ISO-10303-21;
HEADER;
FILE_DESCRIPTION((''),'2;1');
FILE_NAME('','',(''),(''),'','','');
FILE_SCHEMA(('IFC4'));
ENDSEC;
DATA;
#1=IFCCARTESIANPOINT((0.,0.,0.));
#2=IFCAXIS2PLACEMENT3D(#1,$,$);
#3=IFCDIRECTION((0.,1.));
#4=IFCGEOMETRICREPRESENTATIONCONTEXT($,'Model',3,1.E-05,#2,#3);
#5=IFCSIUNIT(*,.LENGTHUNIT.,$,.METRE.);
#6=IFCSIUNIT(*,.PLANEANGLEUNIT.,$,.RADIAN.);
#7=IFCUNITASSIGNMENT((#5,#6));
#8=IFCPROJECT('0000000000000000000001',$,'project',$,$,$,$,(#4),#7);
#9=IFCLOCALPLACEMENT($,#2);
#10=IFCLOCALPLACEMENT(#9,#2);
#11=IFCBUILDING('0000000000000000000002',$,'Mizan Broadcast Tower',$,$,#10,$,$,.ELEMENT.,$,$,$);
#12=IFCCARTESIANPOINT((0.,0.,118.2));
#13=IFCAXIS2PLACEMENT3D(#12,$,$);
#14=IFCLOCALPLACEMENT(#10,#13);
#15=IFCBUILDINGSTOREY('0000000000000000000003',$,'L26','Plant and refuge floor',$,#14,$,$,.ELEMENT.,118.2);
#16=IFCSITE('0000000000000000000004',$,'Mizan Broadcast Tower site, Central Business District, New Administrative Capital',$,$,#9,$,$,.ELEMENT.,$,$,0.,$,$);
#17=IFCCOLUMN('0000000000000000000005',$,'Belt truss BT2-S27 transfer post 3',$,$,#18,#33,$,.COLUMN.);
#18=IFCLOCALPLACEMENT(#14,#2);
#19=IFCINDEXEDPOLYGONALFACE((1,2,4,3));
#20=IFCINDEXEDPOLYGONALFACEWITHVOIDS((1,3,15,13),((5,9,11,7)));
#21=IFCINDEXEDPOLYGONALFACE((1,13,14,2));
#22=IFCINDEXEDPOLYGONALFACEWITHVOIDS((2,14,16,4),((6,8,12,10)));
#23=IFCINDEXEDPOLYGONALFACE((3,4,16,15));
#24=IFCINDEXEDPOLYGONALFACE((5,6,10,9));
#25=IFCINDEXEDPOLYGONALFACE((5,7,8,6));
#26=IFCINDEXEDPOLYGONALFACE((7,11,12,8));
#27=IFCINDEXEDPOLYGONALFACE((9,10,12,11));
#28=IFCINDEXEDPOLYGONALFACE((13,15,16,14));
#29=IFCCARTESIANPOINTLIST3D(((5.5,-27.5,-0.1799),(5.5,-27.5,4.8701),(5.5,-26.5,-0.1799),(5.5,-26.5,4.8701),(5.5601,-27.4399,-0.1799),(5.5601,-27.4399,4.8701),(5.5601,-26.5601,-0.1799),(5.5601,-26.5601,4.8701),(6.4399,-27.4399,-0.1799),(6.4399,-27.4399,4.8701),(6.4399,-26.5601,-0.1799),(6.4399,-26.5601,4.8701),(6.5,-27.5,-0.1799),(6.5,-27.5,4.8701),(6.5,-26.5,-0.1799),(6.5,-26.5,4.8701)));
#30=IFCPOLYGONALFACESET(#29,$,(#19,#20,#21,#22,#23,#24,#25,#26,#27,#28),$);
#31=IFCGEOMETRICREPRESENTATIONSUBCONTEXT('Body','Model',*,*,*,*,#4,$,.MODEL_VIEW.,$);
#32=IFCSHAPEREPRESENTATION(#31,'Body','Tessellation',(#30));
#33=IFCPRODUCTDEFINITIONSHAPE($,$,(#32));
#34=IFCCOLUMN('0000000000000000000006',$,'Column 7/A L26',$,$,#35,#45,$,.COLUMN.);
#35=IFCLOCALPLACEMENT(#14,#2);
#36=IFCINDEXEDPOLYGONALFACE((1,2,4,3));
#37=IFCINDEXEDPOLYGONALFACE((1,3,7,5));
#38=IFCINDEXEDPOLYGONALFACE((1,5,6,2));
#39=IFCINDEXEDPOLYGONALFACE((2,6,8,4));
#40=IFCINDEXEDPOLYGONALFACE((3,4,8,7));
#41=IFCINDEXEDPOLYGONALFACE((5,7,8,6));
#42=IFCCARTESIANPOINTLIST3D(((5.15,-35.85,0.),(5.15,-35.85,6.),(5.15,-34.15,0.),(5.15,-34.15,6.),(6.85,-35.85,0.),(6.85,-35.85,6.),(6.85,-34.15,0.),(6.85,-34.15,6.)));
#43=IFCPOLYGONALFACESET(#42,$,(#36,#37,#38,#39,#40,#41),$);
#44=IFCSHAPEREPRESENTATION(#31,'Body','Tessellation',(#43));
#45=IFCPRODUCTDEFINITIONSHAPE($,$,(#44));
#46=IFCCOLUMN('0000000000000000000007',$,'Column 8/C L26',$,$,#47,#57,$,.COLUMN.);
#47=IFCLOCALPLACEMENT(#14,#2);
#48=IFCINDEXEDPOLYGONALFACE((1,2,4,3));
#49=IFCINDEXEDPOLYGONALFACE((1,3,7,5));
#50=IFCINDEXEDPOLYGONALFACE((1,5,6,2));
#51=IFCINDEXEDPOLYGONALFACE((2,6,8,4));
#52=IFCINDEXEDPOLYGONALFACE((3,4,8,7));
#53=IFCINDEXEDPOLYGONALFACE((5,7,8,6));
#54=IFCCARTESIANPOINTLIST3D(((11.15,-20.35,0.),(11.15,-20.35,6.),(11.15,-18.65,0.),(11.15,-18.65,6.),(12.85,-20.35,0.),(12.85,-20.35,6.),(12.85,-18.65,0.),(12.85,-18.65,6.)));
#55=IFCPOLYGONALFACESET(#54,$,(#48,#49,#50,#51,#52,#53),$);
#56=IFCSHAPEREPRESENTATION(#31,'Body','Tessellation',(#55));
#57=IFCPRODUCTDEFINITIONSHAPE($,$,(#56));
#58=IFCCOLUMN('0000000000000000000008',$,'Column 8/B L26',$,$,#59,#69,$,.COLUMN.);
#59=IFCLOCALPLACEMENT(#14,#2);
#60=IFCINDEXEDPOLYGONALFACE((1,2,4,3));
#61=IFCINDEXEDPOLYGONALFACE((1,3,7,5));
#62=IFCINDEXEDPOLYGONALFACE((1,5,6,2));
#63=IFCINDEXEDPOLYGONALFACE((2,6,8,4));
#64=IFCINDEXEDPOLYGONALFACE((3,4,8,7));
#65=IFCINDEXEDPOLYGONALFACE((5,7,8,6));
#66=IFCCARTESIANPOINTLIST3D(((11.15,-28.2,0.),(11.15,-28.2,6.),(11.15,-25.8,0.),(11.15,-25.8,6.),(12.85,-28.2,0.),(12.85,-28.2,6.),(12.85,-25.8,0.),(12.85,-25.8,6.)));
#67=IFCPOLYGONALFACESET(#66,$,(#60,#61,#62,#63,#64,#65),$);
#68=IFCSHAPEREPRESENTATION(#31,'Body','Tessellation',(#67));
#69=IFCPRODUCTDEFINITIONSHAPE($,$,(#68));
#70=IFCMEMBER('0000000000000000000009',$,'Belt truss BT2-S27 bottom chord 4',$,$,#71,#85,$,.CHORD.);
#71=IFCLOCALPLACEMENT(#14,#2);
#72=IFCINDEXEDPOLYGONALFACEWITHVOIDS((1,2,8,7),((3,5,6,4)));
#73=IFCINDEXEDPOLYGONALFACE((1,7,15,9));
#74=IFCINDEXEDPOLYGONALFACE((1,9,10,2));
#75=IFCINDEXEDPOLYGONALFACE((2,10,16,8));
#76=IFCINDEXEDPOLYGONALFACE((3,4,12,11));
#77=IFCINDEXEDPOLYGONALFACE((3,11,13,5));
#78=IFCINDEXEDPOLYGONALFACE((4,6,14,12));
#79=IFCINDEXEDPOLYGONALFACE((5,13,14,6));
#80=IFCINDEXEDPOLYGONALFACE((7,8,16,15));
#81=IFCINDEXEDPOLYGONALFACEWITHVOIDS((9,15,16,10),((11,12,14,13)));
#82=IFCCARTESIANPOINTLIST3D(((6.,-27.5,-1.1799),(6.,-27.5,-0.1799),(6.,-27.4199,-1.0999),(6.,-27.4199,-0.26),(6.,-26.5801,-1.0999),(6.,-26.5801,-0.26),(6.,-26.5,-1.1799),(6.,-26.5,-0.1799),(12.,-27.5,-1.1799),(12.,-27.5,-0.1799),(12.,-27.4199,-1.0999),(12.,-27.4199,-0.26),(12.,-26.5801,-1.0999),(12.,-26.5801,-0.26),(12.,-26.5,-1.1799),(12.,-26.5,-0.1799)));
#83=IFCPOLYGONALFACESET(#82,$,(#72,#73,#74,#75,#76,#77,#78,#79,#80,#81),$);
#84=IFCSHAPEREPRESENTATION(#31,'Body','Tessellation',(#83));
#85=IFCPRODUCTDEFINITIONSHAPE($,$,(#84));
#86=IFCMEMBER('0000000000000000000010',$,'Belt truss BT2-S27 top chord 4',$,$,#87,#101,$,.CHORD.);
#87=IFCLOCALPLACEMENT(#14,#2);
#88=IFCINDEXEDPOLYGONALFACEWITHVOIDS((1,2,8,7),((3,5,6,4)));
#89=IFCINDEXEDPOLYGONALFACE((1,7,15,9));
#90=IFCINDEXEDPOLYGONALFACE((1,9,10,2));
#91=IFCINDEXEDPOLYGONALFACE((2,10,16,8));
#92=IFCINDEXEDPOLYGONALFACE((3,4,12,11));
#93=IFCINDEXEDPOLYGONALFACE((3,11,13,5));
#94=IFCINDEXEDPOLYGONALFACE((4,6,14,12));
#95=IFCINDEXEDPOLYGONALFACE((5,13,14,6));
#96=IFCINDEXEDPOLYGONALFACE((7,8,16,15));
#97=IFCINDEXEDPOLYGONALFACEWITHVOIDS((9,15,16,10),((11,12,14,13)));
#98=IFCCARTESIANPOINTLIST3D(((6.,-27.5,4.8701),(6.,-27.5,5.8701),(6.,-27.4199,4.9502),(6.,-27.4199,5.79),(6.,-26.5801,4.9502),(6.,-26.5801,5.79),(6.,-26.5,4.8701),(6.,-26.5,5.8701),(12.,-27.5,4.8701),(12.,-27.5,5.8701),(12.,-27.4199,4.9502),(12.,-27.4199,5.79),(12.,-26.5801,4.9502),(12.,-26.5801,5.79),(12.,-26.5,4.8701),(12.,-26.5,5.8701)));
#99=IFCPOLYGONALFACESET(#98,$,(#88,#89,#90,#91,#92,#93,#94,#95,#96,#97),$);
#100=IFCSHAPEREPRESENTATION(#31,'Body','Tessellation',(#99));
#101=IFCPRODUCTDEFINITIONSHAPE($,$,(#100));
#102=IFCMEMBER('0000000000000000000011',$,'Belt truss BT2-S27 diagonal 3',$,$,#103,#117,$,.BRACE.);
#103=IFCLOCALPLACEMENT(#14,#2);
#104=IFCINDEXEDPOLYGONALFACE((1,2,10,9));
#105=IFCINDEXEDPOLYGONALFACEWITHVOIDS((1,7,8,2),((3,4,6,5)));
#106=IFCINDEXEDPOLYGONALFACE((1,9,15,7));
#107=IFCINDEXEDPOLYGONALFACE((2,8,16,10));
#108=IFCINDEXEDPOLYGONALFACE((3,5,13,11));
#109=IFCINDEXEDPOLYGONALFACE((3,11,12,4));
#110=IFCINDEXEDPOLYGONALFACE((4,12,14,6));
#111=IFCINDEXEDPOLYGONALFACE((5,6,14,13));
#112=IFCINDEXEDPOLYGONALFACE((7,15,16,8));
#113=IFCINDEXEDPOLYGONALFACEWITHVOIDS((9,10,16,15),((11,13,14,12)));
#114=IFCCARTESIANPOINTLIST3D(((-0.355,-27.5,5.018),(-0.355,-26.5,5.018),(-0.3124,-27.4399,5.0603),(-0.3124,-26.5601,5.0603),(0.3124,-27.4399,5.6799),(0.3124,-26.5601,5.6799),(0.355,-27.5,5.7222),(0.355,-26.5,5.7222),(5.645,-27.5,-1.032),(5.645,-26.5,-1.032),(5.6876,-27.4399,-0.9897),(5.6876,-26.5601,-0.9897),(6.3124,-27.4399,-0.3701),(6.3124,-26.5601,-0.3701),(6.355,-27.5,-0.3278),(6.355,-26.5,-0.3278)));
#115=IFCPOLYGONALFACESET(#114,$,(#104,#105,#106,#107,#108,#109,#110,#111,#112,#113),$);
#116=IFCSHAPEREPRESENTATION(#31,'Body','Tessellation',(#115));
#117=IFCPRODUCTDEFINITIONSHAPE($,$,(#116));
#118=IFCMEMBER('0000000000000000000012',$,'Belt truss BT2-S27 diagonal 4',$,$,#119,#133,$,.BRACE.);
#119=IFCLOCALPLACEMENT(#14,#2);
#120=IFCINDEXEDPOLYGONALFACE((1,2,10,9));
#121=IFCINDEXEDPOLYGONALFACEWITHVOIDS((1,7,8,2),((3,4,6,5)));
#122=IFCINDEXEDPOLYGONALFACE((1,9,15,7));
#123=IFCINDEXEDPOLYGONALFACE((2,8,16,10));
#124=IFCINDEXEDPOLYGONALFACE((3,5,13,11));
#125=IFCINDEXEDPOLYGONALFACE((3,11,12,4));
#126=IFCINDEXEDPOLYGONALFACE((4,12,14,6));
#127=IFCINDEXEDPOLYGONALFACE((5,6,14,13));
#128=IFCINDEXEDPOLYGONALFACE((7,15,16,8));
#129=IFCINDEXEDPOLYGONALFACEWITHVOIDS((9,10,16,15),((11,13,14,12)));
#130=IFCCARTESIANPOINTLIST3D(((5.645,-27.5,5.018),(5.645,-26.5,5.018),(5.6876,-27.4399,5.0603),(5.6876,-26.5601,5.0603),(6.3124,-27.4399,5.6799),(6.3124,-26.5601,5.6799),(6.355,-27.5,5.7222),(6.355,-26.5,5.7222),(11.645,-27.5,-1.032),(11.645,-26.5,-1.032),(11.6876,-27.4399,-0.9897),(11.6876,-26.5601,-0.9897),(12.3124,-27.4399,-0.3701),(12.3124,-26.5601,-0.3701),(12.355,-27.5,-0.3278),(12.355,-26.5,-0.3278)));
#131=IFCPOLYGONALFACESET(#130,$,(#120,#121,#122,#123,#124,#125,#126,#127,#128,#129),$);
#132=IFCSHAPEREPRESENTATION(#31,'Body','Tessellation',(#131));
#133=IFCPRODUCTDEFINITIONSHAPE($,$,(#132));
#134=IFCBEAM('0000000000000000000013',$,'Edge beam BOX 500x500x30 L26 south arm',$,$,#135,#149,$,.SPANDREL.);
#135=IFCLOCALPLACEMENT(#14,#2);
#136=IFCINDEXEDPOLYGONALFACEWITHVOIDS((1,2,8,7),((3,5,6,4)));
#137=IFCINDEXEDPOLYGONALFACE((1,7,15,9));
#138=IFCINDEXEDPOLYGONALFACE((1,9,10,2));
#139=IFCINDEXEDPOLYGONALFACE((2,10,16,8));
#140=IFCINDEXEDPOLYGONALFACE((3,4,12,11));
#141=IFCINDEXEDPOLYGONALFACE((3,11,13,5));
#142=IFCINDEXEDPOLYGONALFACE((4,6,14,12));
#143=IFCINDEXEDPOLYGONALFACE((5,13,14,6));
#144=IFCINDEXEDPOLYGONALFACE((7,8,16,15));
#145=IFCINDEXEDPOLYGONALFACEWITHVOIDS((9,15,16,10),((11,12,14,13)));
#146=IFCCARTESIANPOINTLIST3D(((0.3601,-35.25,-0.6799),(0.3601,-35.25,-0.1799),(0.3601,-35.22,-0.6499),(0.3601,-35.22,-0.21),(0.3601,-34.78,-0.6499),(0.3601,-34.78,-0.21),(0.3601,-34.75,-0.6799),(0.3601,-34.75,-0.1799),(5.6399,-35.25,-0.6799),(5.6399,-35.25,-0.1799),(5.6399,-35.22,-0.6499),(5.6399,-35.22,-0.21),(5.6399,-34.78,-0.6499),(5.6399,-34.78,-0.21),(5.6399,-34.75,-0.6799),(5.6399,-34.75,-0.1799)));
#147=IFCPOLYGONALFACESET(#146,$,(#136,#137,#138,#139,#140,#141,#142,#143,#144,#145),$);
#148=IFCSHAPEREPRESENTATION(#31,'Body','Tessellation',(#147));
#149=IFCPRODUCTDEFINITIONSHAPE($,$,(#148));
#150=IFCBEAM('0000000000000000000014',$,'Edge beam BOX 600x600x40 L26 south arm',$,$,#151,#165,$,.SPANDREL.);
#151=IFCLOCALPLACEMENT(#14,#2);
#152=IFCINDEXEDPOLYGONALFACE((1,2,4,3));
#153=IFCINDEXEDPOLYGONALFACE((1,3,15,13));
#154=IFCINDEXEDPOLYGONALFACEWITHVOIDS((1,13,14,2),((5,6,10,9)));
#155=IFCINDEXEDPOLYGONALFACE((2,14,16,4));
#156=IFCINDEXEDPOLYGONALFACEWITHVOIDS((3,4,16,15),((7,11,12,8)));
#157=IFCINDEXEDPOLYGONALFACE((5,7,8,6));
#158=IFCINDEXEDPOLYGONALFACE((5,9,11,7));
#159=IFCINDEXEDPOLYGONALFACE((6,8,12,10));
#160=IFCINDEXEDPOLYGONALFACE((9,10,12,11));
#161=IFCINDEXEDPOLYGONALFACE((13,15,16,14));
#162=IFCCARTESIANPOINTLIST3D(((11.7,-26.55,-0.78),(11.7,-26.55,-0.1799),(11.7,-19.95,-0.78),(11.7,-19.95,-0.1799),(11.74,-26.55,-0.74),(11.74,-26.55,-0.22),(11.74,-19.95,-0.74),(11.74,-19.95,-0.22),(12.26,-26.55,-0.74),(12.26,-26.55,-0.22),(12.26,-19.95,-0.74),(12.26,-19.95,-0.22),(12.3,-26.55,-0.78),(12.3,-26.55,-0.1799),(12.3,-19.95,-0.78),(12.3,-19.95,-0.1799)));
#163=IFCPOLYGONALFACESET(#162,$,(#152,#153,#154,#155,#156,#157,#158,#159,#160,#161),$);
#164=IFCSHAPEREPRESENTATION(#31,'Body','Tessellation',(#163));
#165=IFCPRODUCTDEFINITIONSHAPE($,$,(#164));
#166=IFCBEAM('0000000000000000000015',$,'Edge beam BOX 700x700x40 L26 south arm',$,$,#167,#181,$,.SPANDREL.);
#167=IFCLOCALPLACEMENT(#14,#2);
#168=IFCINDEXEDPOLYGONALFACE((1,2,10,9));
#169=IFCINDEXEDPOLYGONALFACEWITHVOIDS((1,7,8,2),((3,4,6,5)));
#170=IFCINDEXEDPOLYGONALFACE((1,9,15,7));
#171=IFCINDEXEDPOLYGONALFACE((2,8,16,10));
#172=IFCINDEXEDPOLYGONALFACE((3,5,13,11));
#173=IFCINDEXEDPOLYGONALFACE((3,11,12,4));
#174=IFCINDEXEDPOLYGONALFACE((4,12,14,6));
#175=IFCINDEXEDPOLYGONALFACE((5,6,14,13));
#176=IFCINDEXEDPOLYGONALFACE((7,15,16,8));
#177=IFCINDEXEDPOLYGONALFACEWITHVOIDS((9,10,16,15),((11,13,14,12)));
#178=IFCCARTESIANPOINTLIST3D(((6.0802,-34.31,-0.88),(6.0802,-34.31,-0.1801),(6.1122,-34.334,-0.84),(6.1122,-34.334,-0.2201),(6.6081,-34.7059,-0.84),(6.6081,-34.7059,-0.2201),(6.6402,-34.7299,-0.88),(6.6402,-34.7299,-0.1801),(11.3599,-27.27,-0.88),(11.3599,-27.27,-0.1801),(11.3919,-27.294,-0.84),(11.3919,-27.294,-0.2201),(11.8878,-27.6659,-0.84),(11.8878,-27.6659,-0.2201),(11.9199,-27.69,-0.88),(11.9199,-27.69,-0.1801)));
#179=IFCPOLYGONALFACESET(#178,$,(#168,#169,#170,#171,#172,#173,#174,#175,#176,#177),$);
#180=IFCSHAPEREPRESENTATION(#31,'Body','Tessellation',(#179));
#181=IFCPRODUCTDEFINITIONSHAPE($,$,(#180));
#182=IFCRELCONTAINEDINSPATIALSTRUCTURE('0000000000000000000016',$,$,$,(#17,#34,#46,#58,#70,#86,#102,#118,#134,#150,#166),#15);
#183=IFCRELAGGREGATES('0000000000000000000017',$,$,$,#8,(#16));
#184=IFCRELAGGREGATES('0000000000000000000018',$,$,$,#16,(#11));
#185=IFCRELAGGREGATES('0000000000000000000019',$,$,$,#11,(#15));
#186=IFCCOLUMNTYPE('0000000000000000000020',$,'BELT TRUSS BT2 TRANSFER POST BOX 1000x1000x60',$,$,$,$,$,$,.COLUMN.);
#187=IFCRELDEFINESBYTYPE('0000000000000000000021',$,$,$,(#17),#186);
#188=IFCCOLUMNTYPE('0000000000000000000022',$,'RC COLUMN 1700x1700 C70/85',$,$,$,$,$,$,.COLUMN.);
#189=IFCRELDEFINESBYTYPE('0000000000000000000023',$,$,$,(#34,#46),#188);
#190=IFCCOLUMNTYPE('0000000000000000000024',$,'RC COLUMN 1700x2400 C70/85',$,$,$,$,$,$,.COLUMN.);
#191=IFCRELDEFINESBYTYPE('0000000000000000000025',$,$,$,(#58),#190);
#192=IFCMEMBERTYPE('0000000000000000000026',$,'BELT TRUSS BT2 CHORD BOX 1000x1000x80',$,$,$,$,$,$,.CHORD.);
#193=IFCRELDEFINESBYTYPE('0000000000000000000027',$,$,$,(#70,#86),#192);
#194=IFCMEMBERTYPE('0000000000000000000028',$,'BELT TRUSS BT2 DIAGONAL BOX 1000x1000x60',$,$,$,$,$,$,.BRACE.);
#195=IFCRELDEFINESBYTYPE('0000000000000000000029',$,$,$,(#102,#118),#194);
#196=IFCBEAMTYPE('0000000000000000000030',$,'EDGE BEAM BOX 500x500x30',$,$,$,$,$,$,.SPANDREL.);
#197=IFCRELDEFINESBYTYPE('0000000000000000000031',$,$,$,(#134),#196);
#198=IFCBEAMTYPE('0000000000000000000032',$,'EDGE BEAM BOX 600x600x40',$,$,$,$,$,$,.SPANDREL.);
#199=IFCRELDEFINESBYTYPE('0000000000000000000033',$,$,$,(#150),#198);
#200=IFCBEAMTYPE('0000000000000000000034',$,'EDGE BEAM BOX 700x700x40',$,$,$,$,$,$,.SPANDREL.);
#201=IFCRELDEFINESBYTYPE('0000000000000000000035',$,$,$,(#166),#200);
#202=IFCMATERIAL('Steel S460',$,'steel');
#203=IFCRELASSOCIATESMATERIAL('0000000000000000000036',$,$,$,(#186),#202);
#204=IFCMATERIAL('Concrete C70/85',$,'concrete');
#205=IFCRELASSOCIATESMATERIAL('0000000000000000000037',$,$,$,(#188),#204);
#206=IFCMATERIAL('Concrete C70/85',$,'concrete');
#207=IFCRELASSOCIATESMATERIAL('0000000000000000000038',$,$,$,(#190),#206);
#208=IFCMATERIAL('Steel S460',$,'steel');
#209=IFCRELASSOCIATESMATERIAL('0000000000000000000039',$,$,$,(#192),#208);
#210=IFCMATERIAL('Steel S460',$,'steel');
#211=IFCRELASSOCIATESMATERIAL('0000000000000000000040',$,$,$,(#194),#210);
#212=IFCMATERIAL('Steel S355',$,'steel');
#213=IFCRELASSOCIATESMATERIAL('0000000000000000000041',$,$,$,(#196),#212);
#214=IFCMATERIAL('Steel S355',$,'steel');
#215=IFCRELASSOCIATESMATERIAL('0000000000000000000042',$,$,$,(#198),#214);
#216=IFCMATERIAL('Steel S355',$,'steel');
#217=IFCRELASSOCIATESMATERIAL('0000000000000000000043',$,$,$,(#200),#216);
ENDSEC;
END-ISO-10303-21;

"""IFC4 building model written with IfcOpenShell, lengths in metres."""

from ifc_helpers import new_model, si_unit, direction, frame, origin, origin_2d, place, context, subcontext, project, spatial, rectangle, hollow_rectangle, extrude, material, material_profile, profile_set, type_object, element, save


model = new_model("IFC4")

# Units and contexts
model_context = context("Model", 3, precision=1e-05, world=origin(), true_north=direction((0.0, 1.0)))
body_context = subcontext(model_context, "Body", "Model", "MODEL_VIEW")
ifc_project = project(units=[si_unit("LENGTHUNIT", "METRE"), si_unit("PLANEANGLEUNIT", "RADIAN")], contexts=[model_context])

# Site, building, storey
site_placement = place(None, origin())
site = spatial("IfcSite", under=ifc_project, at=site_placement, Name="Mizan Broadcast Tower site, Central Business District, New Administrative Capital", CompositionType="ELEMENT", RefElevation=0.0)
building_placement = place(site_placement, origin())
building = spatial("IfcBuilding", under=site, at=building_placement, Name="Mizan Broadcast Tower", CompositionType="ELEMENT")
storey_placement = place(building_placement, frame((0.0, 0.0, 118.2)))
storey = spatial("IfcBuildingStorey", under=building, at=storey_placement, Name="L26", Description="Plant and refuge floor", CompositionType="ELEMENT", Elevation=118.2)

# Columns
ifc_material_1 = material(Name="Steel S460", Category="steel")
ifc_material_profile_1 = material_profile(ifc_material_1, hollow_rectangle(XDim=1.0, YDim=1.0, WallThickness=0.0601, at=origin_2d()), Name="BOX 1000x1000x60")
ifc_profile_set_1 = profile_set([ifc_material_profile_1], Name="Steel S460")
column_type_1 = type_object("IfcColumnType", Name="BELT TRUSS BT2 TRANSFER POST BOX 1000x1000x60", PredefinedType="COLUMN", material=ifc_profile_set_1)
column_1_placement = place(storey_placement, frame((6.0, -27.0, -0.1799), z_axis=(0.0, 0.0, 1.0), x_axis=(1.0, 0.0, 0.0)))
element("IfcColumn", 1, at=column_1_placement, inside=storey, type_object=column_type_1, Name="Belt truss BT2-S27 transfer post 3", PredefinedType="COLUMN", context=body_context, shape_type="SweptSolid", body=[
    extrude(hollow_rectangle(XDim=1.0, YDim=1.0, WallThickness=0.0601, at=origin_2d()), origin(), (0.0, 0.0, 1.0), 5.05),
])
ifc_material_2 = material(Name="Concrete C70/85", Category="concrete")
ifc_material_profile_2 = material_profile(ifc_material_2, rectangle(XDim=1.7, YDim=1.7, at=origin_2d()), Name="RC 1700x1700")
ifc_profile_set_2 = profile_set([ifc_material_profile_2], Name="Concrete C70/85")
column_type_2 = type_object("IfcColumnType", Name="RC COLUMN 1700x1700 C70/85", PredefinedType="COLUMN", material=ifc_profile_set_2)
for number, where, z_axis, x_axis, name in (
    (2, (6.0, -35.0, 0.0), (0.0, 0.0, 1.0), (1.0, 0.0, 0.0), "Column 7/A L26"),
    (3, (12.0, -19.5, 0.0), (0.0, 0.0, 1.0), (1.0, 0.0, 0.0), "Column 8/C L26"),
):
    element("IfcColumn", number, at=place(storey_placement, frame(where, z_axis=z_axis, x_axis=x_axis)), inside=storey, type_object=column_type_2, Name=name, PredefinedType="COLUMN", context=body_context, shape_type="SweptSolid", body=[
        extrude(rectangle(XDim=1.7, YDim=1.7, at=origin_2d()), origin(), (0.0, 0.0, 1.0), 6.0),
    ])
ifc_material_3 = material(Name="Concrete C70/85", Category="concrete")
ifc_material_profile_3 = material_profile(ifc_material_3, rectangle(XDim=1.7, YDim=2.3999, at=origin_2d()), Name="RC 1700x2400")
ifc_profile_set_3 = profile_set([ifc_material_profile_3], Name="Concrete C70/85")
column_type_3 = type_object("IfcColumnType", Name="RC COLUMN 1700x2400 C70/85", PredefinedType="COLUMN", material=ifc_profile_set_3)
column_2_placement = place(storey_placement, frame((12.0, -27.0, 0.0), z_axis=(0.0, 0.0, 1.0), x_axis=(1.0, 0.0, 0.0)))
element("IfcColumn", 4, at=column_2_placement, inside=storey, type_object=column_type_3, Name="Column 8/B L26", PredefinedType="COLUMN", context=body_context, shape_type="SweptSolid", body=[
    extrude(rectangle(XDim=1.7, YDim=2.3999, at=origin_2d()), origin(), (0.0, 0.0, 1.0), 6.0),
])

# Members
ifc_material_4 = material(Name="Steel S460", Category="steel")
ifc_material_profile_4 = material_profile(ifc_material_4, hollow_rectangle(XDim=1.0, YDim=1.0, WallThickness=0.0801, at=origin_2d()), Name="BOX 1000x1000x80")
ifc_profile_set_4 = profile_set([ifc_material_profile_4], Name="Steel S460")
member_type_1 = type_object("IfcMemberType", Name="BELT TRUSS BT2 CHORD BOX 1000x1000x80", PredefinedType="CHORD", material=ifc_profile_set_4)
for number, where, z_axis, x_axis, name in (
    (5, (6.0, -27.0, -0.6799), (1.0, 0.0, 0.0), (0.0, 1.0, 0.0), "Belt truss BT2-S27 bottom chord 4"),
    (6, (6.0, -27.0, 5.3701), (1.0, 0.0, 0.0), (0.0, 1.0, 0.0), "Belt truss BT2-S27 top chord 4"),
):
    element("IfcMember", number, at=place(storey_placement, frame(where, z_axis=z_axis, x_axis=x_axis)), inside=storey, type_object=member_type_1, Name=name, PredefinedType="CHORD", context=body_context, shape_type="SweptSolid", body=[
        extrude(hollow_rectangle(XDim=1.0, YDim=1.0, WallThickness=0.0801, at=origin_2d()), origin(), (0.0, 0.0, 1.0), 6.0),
    ])
ifc_material_5 = material(Name="Steel S460", Category="steel")
ifc_material_profile_5 = material_profile(ifc_material_5, hollow_rectangle(XDim=1.0, YDim=1.0, WallThickness=0.0601, at=origin_2d()), Name="BOX 1000x1000x60")
ifc_profile_set_5 = profile_set([ifc_material_profile_5], Name="Steel S460")
member_type_2 = type_object("IfcMemberType", Name="BELT TRUSS BT2 DIAGONAL BOX 1000x1000x60", PredefinedType="BRACE", material=ifc_profile_set_5)
for number, where, z_axis, x_axis, name in (
    (7, (6.0, -27.0, -0.6799), (-0.704164, 0.0, 0.710038), (0.0, -1.0, 0.0), "Belt truss BT2-S27 diagonal 3"),
    (8, (12.0, -27.0, -0.6799), (-0.704164, 0.0, 0.710038), (0.0, -1.0, 0.0), "Belt truss BT2-S27 diagonal 4"),
):
    element("IfcMember", number, at=place(storey_placement, frame(where, z_axis=z_axis, x_axis=x_axis)), inside=storey, type_object=member_type_2, Name=name, PredefinedType="BRACE", context=body_context, shape_type="SweptSolid", body=[
        extrude(hollow_rectangle(XDim=1.0, YDim=1.0, WallThickness=0.0601, at=origin_2d()), origin(), (0.0, 0.0, 1.0), 8.5208),
    ])

# Beams
ifc_material_6 = material(Name="Steel S355", Category="steel")
ifc_material_profile_6 = material_profile(ifc_material_6, hollow_rectangle(XDim=0.5, YDim=0.5, WallThickness=0.03, at=origin_2d()), Name="BOX 500x500x30")
ifc_profile_set_6 = profile_set([ifc_material_profile_6], Name="Steel S355")
beam_type_1 = type_object("IfcBeamType", Name="EDGE BEAM BOX 500x500x30", PredefinedType="SPANDREL", material=ifc_profile_set_6)
beam_1_placement = place(storey_placement, frame((5.6399, -35.0, -0.4299), z_axis=(-1.0, 0.0, 0.0), x_axis=(0.0, -1.0, 0.0)))
element("IfcBeam", 9, at=beam_1_placement, inside=storey, type_object=beam_type_1, Name="Edge beam BOX 500x500x30 L26 south arm", PredefinedType="SPANDREL", context=body_context, shape_type="SweptSolid", body=[
    extrude(hollow_rectangle(XDim=0.5, YDim=0.5, WallThickness=0.03, at=origin_2d()), origin(), (0.0, 0.0, 1.0), 5.2798),
])
ifc_material_7 = material(Name="Steel S355", Category="steel")
ifc_material_profile_7 = material_profile(ifc_material_7, hollow_rectangle(XDim=0.6001, YDim=0.6001, WallThickness=0.04, at=origin_2d()), Name="BOX 600x600x40")
ifc_profile_set_7 = profile_set([ifc_material_profile_7], Name="Steel S355")
beam_type_2 = type_object("IfcBeamType", Name="EDGE BEAM BOX 600x600x40", PredefinedType="SPANDREL", material=ifc_profile_set_7)
beam_2_placement = place(storey_placement, frame((12.0, -19.95, -0.48), z_axis=(0.0, -1.0, 0.0), x_axis=(1.0, 0.0, 0.0)))
element("IfcBeam", 10, at=beam_2_placement, inside=storey, type_object=beam_type_2, Name="Edge beam BOX 600x600x40 L26 south arm", PredefinedType="SPANDREL", context=body_context, shape_type="SweptSolid", body=[
    extrude(hollow_rectangle(XDim=0.6001, YDim=0.6001, WallThickness=0.04, at=origin_2d()), origin(), (0.0, 0.0, 1.0), 6.6001),
])
ifc_material_8 = material(Name="Steel S355", Category="steel")
ifc_material_profile_8 = material_profile(ifc_material_8, hollow_rectangle(XDim=0.7, YDim=0.7, WallThickness=0.04, at=origin_2d()), Name="BOX 700x700x40")
ifc_profile_set_8 = profile_set([ifc_material_profile_8], Name="Steel S355")
beam_type_3 = type_object("IfcBeamType", Name="EDGE BEAM BOX 700x700x40", PredefinedType="SPANDREL", material=ifc_profile_set_8)
beam_3_placement = place(storey_placement, frame((11.6399, -27.48, -0.53), z_axis=(-0.599982, -0.800013, 0.0), x_axis=(0.800013, -0.599982, 0.0)))
element("IfcBeam", 11, at=beam_3_placement, inside=storey, type_object=beam_type_3, Name="Edge beam BOX 700x700x40 L26 south arm", PredefinedType="SPANDREL", context=body_context, shape_type="SweptSolid", body=[
    extrude(hollow_rectangle(XDim=0.7, YDim=0.7, WallThickness=0.04, at=origin_2d()), origin(), (0.0, 0.0, 1.0), 8.7998),
])

save(model, "model.ifc")
